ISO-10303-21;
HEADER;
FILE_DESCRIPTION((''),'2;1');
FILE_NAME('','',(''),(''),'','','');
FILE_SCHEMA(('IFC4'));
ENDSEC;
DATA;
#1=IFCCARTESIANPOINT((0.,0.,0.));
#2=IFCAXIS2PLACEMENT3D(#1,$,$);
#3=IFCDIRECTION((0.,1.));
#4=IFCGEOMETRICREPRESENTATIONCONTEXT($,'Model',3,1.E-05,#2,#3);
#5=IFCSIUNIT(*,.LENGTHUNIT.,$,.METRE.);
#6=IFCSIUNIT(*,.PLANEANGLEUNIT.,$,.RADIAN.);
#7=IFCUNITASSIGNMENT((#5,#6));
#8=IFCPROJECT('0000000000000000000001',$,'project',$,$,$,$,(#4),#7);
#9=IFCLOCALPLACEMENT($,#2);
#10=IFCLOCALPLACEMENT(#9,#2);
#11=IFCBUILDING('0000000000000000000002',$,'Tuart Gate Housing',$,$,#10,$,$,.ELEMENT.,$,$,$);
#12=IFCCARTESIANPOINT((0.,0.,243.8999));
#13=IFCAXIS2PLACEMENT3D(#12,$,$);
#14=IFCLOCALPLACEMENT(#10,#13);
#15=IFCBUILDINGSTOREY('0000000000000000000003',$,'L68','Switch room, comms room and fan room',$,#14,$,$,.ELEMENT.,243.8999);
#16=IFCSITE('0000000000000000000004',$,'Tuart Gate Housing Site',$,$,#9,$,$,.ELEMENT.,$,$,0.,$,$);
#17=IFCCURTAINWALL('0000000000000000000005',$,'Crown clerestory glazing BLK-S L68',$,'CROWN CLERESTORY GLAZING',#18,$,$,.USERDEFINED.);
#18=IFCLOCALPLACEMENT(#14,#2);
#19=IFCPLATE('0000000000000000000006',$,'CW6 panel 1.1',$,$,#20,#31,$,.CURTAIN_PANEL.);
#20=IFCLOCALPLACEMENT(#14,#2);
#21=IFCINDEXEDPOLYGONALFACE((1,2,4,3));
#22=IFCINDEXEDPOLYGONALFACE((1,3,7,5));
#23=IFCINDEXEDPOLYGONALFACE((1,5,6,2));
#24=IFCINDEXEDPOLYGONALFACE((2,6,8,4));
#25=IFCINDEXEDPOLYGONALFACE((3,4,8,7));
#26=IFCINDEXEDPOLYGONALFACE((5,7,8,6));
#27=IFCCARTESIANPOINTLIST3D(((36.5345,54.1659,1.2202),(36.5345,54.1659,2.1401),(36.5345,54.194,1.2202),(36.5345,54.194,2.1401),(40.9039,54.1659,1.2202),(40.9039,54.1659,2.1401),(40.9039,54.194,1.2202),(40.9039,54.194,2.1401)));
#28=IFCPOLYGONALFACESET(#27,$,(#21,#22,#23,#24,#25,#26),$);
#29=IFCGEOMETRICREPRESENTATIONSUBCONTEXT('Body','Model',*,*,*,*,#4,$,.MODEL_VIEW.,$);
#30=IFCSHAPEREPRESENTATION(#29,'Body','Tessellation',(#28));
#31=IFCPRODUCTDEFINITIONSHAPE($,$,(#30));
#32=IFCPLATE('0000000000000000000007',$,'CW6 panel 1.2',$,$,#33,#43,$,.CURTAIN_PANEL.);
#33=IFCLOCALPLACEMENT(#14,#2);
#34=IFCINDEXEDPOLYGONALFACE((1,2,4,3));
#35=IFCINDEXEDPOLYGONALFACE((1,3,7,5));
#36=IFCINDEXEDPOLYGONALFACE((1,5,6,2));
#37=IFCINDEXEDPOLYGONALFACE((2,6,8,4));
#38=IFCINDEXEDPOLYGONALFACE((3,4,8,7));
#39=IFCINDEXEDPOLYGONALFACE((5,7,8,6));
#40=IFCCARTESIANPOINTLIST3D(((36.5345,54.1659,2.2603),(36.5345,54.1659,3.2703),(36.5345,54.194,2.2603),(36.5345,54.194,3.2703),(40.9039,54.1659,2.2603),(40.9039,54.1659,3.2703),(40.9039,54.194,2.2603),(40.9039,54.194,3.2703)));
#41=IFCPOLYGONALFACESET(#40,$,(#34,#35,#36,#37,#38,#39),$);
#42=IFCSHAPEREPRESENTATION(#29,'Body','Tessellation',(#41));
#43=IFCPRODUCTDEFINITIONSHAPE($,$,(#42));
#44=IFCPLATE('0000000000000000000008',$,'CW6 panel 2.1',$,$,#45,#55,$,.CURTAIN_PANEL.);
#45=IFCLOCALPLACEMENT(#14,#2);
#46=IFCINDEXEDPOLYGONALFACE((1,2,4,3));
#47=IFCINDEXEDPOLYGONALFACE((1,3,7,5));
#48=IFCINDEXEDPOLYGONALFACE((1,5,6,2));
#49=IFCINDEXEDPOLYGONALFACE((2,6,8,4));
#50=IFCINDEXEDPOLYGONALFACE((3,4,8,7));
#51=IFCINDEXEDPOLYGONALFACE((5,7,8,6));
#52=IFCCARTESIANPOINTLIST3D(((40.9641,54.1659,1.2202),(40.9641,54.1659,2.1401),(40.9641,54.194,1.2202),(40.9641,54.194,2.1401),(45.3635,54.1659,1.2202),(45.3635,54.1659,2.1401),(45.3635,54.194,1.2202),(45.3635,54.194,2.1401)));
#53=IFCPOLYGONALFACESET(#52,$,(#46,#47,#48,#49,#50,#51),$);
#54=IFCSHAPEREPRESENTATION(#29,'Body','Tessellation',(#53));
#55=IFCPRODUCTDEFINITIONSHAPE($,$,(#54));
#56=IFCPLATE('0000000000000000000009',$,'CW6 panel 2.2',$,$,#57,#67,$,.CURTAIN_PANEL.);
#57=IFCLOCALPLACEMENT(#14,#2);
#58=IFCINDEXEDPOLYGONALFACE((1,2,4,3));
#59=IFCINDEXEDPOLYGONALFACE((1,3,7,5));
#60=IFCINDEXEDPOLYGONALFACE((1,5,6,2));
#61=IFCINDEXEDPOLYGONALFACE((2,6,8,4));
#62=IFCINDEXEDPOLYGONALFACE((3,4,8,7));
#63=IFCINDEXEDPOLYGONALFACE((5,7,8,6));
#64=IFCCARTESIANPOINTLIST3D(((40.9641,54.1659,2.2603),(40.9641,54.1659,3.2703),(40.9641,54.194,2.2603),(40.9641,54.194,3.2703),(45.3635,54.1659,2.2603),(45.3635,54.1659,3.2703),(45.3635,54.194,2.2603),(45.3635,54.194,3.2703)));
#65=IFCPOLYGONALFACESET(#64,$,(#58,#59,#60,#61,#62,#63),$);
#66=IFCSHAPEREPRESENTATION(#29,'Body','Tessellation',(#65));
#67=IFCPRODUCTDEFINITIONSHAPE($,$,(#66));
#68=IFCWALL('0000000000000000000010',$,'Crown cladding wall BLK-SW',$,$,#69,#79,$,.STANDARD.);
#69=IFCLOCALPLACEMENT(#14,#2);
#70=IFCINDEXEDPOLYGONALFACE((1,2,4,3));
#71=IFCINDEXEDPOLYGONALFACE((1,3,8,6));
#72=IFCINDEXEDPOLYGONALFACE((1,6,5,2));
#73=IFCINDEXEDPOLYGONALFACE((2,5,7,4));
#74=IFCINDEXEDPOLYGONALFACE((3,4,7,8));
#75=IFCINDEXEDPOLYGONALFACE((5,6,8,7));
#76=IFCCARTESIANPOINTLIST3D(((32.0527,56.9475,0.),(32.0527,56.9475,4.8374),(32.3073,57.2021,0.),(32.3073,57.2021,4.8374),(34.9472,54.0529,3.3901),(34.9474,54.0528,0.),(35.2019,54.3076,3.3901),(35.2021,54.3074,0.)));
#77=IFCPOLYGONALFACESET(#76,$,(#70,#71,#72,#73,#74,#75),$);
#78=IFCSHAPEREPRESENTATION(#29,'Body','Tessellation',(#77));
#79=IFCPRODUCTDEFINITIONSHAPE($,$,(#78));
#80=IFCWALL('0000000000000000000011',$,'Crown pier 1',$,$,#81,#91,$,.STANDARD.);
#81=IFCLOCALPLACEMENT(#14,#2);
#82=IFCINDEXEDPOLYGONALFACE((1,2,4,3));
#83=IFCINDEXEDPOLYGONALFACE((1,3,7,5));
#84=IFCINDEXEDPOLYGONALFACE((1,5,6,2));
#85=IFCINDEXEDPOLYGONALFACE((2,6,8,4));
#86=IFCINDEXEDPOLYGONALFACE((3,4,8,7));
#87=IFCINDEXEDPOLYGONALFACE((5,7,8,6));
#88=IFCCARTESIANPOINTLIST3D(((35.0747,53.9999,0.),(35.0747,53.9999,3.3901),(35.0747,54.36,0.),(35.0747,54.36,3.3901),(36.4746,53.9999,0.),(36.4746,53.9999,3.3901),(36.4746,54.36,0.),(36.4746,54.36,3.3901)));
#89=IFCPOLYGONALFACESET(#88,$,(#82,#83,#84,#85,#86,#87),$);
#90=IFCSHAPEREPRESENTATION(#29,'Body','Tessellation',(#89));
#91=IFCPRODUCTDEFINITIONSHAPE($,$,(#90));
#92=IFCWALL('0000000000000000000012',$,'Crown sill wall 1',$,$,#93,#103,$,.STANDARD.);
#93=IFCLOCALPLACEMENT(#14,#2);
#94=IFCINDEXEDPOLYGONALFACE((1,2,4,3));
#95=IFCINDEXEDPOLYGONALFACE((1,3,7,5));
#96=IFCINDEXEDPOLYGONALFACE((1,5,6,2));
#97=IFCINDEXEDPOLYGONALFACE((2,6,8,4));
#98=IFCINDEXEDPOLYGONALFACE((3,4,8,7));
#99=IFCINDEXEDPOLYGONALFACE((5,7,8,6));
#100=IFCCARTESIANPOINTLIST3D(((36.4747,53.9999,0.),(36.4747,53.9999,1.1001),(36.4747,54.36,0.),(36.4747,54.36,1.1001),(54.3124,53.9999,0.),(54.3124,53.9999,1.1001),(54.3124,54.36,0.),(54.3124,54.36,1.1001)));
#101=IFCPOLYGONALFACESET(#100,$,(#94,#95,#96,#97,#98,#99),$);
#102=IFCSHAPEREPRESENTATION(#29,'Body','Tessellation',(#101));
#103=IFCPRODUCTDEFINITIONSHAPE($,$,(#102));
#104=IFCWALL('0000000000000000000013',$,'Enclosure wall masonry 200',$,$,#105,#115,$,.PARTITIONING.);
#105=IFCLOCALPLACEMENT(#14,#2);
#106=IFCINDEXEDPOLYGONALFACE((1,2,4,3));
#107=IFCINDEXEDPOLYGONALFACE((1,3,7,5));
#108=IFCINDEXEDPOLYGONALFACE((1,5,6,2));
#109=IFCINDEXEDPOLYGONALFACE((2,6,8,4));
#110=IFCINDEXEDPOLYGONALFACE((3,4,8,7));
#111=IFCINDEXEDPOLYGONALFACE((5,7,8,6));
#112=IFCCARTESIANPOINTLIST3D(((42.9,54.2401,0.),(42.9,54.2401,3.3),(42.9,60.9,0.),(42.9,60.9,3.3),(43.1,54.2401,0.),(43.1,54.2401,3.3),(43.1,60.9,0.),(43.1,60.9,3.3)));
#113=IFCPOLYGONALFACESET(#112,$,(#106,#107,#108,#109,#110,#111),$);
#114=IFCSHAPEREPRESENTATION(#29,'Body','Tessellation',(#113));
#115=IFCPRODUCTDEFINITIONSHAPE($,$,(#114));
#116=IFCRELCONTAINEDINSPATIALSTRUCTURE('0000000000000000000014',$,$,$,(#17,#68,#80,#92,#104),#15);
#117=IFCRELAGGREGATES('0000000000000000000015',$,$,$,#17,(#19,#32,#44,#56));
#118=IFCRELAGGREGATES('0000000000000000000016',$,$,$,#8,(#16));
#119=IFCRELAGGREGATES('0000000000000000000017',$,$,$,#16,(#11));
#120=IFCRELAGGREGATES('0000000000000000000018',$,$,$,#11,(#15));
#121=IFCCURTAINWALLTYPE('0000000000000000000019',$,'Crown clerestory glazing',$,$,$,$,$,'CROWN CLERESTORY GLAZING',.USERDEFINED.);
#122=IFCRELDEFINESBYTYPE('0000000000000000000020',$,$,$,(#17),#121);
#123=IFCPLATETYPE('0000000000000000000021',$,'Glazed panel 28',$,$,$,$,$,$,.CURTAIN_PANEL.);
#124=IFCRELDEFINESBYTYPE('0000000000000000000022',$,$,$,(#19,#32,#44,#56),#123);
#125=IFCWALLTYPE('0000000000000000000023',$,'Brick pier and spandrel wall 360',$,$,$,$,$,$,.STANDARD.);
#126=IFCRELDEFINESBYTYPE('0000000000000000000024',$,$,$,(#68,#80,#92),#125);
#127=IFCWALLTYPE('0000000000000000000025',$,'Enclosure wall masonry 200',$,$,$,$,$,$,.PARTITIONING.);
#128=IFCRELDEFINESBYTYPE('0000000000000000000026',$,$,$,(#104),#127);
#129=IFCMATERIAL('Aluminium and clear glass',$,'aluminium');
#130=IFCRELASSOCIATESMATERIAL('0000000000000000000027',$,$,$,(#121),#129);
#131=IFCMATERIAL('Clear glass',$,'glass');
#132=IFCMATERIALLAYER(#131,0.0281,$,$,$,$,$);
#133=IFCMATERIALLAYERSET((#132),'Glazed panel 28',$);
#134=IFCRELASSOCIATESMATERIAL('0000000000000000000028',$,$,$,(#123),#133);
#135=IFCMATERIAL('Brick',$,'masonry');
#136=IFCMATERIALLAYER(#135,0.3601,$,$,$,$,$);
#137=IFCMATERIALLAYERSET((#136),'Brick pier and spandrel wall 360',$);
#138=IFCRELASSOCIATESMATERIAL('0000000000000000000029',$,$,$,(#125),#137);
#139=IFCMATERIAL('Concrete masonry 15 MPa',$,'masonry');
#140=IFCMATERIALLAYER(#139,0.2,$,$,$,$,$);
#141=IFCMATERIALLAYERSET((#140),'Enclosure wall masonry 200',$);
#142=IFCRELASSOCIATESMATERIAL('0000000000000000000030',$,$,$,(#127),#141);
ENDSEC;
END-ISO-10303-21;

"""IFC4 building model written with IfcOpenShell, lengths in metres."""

from ifc_helpers import new_model, si_unit, direction, frame, frame_2d, origin, origin_2d, place, context, subcontext, project, spatial, polyline, rectangle, outline, extrude, material, layer, layer_set, type_object, element, aggregate, save


model = new_model("IFC4")

# Units and contexts
model_context = context("Model", 3, precision=1e-05, world=origin(), true_north=direction((0.0, 1.0)))
body_context = subcontext(model_context, "Body", "Model", "MODEL_VIEW")
ifc_project = project(units=[si_unit("LENGTHUNIT", "METRE"), si_unit("PLANEANGLEUNIT", "RADIAN")], contexts=[model_context])

# Site, building, storey
site_placement = place(None, origin())
site = spatial("IfcSite", under=ifc_project, at=site_placement, Name="Tuart Gate Housing Site", CompositionType="ELEMENT", RefElevation=0.0)
building_placement = place(site_placement, origin())
building = spatial("IfcBuilding", under=site, at=building_placement, Name="Tuart Gate Housing", CompositionType="ELEMENT")
storey_placement = place(building_placement, frame((0.0, 0.0, 243.8999)))
storey = spatial("IfcBuildingStorey", under=building, at=storey_placement, Name="L68", Description="Switch room, comms room and fan room", CompositionType="ELEMENT", Elevation=243.8999)

# Curtain wall
ifc_material_1 = material(Name="Aluminium and clear glass", Category="aluminium")
curtain_wall_type = type_object("IfcCurtainWallType", Name="Crown clerestory glazing", ElementType="CROWN CLERESTORY GLAZING", PredefinedType="USERDEFINED", material=ifc_material_1)
curtain_wall_placement = place(storey_placement, origin())
curtain_wall = element("IfcCurtainWall", 1, at=curtain_wall_placement, inside=storey, type_object=curtain_wall_type, Name="Crown clerestory glazing BLK-S L68", ObjectType="CROWN CLERESTORY GLAZING", PredefinedType="USERDEFINED")

# Plates
ifc_material_2 = material(Name="Clear glass", Category="glass")
ifc_layer_1 = layer(ifc_material_2, 0.0281)
ifc_layer_set_1 = layer_set([ifc_layer_1], Name="Glazed panel 28")
plate_type = type_object("IfcPlateType", Name="Glazed panel 28", PredefinedType="CURTAIN_PANEL", material=ifc_layer_set_1)
plate_1_placement = place(storey_placement, frame((38.7192, 54.1799, 1.2202), z_axis=(0.0, 0.0, 1.0), x_axis=(1.0, 0.0, 0.0)))
plate_1 = element("IfcPlate", 2, at=plate_1_placement, type_object=plate_type, Name="CW6 panel 1.1", PredefinedType="CURTAIN_PANEL", context=body_context, shape_type="SweptSolid", body=[
    extrude(rectangle(XDim=4.3694, YDim=0.0281, at=origin_2d()), origin(), (0.0, 0.0, 1.0), 0.9199),
])
plate_2_placement = place(storey_placement, frame((38.7192, 54.1799, 2.2603), z_axis=(0.0, 0.0, 1.0), x_axis=(1.0, 0.0, 0.0)))
plate_2 = element("IfcPlate", 3, at=plate_2_placement, type_object=plate_type, Name="CW6 panel 1.2", PredefinedType="CURTAIN_PANEL", context=body_context, shape_type="SweptSolid", body=[
    extrude(rectangle(XDim=4.3694, YDim=0.0281, at=origin_2d()), origin(), (0.0, 0.0, 1.0), 1.01),
])
plate_3_placement = place(storey_placement, frame((43.1638, 54.1799, 1.2202), z_axis=(0.0, 0.0, 1.0), x_axis=(1.0, 0.0, 0.0)))
plate_3 = element("IfcPlate", 4, at=plate_3_placement, type_object=plate_type, Name="CW6 panel 2.1", PredefinedType="CURTAIN_PANEL", context=body_context, shape_type="SweptSolid", body=[
    extrude(rectangle(XDim=4.3994, YDim=0.0281, at=origin_2d()), origin(), (0.0, 0.0, 1.0), 0.9199),
])
plate_4_placement = place(storey_placement, frame((43.1638, 54.1799, 2.2603), z_axis=(0.0, 0.0, 1.0), x_axis=(1.0, 0.0, 0.0)))
plate_4 = element("IfcPlate", 5, at=plate_4_placement, type_object=plate_type, Name="CW6 panel 2.2", PredefinedType="CURTAIN_PANEL", context=body_context, shape_type="SweptSolid", body=[
    extrude(rectangle(XDim=4.3994, YDim=0.0281, at=origin_2d()), origin(), (0.0, 0.0, 1.0), 1.01),
])
aggregate(curtain_wall, [plate_1, plate_2, plate_3, plate_4])

# Walls
ifc_material_3 = material(Name="Brick", Category="masonry")
ifc_layer_2 = layer(ifc_material_3, 0.3601)
ifc_layer_set_2 = layer_set([ifc_layer_2], Name="Brick pier and spandrel wall 360")
wall_type_1 = type_object("IfcWallType", Name="Brick pier and spandrel wall 360", PredefinedType="STANDARD", material=ifc_layer_set_2)
wall_1_placement = place(storey_placement, frame((32.1799, 57.0747, 0.0), z_axis=(0.0, 0.0, 1.0), x_axis=(0.707107, -0.707107, 0.0)))
element("IfcWall", 6, at=wall_1_placement, inside=storey, type_object=wall_type_1, Name="Crown cladding wall BLK-SW", PredefinedType="STANDARD", context=body_context, shape_type="SweptSolid", body=[
    extrude(outline(polyline([(0.0, 0.0), (4.0938, 0.0), (4.0935, 3.3901), (0.0, 4.8374), (0.0, 0.0)])), frame((0.0, 0.1802, 0.0), z_axis=(0.0, -1.0, 0.0), x_axis=(1.0, 0.0, 0.0)), (0.0, 0.0, 1.0), 0.3601),
])
wall_2_placement = place(storey_placement, frame((35.0747, 54.1799, 0.0), z_axis=(0.0, 0.0, 1.0), x_axis=(1.0, 0.0, 0.0)))
element("IfcWall", 7, at=wall_2_placement, inside=storey, type_object=wall_type_1, Name="Crown pier 1", PredefinedType="STANDARD", context=body_context, shape_type="SweptSolid", body=[
    extrude(rectangle(XDim=1.3999, YDim=0.3601, at=frame_2d((0.7, 0.0))), origin(), (0.0, 0.0, 1.0), 3.3901),
])
wall_3_placement = place(storey_placement, frame((36.4746, 54.1799, 0.0), z_axis=(0.0, 0.0, 1.0), x_axis=(1.0, 0.0, 0.0)))
element("IfcWall", 8, at=wall_3_placement, inside=storey, type_object=wall_type_1, Name="Crown sill wall 1", PredefinedType="STANDARD", context=body_context, shape_type="SweptSolid", body=[
    extrude(rectangle(XDim=17.8376, YDim=0.3601, at=frame_2d((8.9189, 0.0))), origin(), (0.0, 0.0, 1.0), 1.1001),
])
ifc_material_4 = material(Name="Concrete masonry 15 MPa", Category="masonry")
ifc_layer_3 = layer(ifc_material_4, 0.2)
ifc_layer_set_3 = layer_set([ifc_layer_3], Name="Enclosure wall masonry 200")
wall_type_2 = type_object("IfcWallType", Name="Enclosure wall masonry 200", PredefinedType="PARTITIONING", material=ifc_layer_set_3)
wall_4_placement = place(storey_placement, frame((43.0, 54.24, 0.0), z_axis=(0.0, 0.0, 1.0), x_axis=(0.0, 1.0, 0.0)))
element("IfcWall", 9, at=wall_4_placement, inside=storey, type_object=wall_type_2, Name="Enclosure wall masonry 200", PredefinedType="PARTITIONING", context=body_context, shape_type="SweptSolid", body=[
    extrude(rectangle(XDim=6.6599, YDim=0.2, at=frame_2d((3.3301, 0.0))), origin(), (0.0, 0.0, 1.0), 3.3),
])

save(model, "model.ifc")
